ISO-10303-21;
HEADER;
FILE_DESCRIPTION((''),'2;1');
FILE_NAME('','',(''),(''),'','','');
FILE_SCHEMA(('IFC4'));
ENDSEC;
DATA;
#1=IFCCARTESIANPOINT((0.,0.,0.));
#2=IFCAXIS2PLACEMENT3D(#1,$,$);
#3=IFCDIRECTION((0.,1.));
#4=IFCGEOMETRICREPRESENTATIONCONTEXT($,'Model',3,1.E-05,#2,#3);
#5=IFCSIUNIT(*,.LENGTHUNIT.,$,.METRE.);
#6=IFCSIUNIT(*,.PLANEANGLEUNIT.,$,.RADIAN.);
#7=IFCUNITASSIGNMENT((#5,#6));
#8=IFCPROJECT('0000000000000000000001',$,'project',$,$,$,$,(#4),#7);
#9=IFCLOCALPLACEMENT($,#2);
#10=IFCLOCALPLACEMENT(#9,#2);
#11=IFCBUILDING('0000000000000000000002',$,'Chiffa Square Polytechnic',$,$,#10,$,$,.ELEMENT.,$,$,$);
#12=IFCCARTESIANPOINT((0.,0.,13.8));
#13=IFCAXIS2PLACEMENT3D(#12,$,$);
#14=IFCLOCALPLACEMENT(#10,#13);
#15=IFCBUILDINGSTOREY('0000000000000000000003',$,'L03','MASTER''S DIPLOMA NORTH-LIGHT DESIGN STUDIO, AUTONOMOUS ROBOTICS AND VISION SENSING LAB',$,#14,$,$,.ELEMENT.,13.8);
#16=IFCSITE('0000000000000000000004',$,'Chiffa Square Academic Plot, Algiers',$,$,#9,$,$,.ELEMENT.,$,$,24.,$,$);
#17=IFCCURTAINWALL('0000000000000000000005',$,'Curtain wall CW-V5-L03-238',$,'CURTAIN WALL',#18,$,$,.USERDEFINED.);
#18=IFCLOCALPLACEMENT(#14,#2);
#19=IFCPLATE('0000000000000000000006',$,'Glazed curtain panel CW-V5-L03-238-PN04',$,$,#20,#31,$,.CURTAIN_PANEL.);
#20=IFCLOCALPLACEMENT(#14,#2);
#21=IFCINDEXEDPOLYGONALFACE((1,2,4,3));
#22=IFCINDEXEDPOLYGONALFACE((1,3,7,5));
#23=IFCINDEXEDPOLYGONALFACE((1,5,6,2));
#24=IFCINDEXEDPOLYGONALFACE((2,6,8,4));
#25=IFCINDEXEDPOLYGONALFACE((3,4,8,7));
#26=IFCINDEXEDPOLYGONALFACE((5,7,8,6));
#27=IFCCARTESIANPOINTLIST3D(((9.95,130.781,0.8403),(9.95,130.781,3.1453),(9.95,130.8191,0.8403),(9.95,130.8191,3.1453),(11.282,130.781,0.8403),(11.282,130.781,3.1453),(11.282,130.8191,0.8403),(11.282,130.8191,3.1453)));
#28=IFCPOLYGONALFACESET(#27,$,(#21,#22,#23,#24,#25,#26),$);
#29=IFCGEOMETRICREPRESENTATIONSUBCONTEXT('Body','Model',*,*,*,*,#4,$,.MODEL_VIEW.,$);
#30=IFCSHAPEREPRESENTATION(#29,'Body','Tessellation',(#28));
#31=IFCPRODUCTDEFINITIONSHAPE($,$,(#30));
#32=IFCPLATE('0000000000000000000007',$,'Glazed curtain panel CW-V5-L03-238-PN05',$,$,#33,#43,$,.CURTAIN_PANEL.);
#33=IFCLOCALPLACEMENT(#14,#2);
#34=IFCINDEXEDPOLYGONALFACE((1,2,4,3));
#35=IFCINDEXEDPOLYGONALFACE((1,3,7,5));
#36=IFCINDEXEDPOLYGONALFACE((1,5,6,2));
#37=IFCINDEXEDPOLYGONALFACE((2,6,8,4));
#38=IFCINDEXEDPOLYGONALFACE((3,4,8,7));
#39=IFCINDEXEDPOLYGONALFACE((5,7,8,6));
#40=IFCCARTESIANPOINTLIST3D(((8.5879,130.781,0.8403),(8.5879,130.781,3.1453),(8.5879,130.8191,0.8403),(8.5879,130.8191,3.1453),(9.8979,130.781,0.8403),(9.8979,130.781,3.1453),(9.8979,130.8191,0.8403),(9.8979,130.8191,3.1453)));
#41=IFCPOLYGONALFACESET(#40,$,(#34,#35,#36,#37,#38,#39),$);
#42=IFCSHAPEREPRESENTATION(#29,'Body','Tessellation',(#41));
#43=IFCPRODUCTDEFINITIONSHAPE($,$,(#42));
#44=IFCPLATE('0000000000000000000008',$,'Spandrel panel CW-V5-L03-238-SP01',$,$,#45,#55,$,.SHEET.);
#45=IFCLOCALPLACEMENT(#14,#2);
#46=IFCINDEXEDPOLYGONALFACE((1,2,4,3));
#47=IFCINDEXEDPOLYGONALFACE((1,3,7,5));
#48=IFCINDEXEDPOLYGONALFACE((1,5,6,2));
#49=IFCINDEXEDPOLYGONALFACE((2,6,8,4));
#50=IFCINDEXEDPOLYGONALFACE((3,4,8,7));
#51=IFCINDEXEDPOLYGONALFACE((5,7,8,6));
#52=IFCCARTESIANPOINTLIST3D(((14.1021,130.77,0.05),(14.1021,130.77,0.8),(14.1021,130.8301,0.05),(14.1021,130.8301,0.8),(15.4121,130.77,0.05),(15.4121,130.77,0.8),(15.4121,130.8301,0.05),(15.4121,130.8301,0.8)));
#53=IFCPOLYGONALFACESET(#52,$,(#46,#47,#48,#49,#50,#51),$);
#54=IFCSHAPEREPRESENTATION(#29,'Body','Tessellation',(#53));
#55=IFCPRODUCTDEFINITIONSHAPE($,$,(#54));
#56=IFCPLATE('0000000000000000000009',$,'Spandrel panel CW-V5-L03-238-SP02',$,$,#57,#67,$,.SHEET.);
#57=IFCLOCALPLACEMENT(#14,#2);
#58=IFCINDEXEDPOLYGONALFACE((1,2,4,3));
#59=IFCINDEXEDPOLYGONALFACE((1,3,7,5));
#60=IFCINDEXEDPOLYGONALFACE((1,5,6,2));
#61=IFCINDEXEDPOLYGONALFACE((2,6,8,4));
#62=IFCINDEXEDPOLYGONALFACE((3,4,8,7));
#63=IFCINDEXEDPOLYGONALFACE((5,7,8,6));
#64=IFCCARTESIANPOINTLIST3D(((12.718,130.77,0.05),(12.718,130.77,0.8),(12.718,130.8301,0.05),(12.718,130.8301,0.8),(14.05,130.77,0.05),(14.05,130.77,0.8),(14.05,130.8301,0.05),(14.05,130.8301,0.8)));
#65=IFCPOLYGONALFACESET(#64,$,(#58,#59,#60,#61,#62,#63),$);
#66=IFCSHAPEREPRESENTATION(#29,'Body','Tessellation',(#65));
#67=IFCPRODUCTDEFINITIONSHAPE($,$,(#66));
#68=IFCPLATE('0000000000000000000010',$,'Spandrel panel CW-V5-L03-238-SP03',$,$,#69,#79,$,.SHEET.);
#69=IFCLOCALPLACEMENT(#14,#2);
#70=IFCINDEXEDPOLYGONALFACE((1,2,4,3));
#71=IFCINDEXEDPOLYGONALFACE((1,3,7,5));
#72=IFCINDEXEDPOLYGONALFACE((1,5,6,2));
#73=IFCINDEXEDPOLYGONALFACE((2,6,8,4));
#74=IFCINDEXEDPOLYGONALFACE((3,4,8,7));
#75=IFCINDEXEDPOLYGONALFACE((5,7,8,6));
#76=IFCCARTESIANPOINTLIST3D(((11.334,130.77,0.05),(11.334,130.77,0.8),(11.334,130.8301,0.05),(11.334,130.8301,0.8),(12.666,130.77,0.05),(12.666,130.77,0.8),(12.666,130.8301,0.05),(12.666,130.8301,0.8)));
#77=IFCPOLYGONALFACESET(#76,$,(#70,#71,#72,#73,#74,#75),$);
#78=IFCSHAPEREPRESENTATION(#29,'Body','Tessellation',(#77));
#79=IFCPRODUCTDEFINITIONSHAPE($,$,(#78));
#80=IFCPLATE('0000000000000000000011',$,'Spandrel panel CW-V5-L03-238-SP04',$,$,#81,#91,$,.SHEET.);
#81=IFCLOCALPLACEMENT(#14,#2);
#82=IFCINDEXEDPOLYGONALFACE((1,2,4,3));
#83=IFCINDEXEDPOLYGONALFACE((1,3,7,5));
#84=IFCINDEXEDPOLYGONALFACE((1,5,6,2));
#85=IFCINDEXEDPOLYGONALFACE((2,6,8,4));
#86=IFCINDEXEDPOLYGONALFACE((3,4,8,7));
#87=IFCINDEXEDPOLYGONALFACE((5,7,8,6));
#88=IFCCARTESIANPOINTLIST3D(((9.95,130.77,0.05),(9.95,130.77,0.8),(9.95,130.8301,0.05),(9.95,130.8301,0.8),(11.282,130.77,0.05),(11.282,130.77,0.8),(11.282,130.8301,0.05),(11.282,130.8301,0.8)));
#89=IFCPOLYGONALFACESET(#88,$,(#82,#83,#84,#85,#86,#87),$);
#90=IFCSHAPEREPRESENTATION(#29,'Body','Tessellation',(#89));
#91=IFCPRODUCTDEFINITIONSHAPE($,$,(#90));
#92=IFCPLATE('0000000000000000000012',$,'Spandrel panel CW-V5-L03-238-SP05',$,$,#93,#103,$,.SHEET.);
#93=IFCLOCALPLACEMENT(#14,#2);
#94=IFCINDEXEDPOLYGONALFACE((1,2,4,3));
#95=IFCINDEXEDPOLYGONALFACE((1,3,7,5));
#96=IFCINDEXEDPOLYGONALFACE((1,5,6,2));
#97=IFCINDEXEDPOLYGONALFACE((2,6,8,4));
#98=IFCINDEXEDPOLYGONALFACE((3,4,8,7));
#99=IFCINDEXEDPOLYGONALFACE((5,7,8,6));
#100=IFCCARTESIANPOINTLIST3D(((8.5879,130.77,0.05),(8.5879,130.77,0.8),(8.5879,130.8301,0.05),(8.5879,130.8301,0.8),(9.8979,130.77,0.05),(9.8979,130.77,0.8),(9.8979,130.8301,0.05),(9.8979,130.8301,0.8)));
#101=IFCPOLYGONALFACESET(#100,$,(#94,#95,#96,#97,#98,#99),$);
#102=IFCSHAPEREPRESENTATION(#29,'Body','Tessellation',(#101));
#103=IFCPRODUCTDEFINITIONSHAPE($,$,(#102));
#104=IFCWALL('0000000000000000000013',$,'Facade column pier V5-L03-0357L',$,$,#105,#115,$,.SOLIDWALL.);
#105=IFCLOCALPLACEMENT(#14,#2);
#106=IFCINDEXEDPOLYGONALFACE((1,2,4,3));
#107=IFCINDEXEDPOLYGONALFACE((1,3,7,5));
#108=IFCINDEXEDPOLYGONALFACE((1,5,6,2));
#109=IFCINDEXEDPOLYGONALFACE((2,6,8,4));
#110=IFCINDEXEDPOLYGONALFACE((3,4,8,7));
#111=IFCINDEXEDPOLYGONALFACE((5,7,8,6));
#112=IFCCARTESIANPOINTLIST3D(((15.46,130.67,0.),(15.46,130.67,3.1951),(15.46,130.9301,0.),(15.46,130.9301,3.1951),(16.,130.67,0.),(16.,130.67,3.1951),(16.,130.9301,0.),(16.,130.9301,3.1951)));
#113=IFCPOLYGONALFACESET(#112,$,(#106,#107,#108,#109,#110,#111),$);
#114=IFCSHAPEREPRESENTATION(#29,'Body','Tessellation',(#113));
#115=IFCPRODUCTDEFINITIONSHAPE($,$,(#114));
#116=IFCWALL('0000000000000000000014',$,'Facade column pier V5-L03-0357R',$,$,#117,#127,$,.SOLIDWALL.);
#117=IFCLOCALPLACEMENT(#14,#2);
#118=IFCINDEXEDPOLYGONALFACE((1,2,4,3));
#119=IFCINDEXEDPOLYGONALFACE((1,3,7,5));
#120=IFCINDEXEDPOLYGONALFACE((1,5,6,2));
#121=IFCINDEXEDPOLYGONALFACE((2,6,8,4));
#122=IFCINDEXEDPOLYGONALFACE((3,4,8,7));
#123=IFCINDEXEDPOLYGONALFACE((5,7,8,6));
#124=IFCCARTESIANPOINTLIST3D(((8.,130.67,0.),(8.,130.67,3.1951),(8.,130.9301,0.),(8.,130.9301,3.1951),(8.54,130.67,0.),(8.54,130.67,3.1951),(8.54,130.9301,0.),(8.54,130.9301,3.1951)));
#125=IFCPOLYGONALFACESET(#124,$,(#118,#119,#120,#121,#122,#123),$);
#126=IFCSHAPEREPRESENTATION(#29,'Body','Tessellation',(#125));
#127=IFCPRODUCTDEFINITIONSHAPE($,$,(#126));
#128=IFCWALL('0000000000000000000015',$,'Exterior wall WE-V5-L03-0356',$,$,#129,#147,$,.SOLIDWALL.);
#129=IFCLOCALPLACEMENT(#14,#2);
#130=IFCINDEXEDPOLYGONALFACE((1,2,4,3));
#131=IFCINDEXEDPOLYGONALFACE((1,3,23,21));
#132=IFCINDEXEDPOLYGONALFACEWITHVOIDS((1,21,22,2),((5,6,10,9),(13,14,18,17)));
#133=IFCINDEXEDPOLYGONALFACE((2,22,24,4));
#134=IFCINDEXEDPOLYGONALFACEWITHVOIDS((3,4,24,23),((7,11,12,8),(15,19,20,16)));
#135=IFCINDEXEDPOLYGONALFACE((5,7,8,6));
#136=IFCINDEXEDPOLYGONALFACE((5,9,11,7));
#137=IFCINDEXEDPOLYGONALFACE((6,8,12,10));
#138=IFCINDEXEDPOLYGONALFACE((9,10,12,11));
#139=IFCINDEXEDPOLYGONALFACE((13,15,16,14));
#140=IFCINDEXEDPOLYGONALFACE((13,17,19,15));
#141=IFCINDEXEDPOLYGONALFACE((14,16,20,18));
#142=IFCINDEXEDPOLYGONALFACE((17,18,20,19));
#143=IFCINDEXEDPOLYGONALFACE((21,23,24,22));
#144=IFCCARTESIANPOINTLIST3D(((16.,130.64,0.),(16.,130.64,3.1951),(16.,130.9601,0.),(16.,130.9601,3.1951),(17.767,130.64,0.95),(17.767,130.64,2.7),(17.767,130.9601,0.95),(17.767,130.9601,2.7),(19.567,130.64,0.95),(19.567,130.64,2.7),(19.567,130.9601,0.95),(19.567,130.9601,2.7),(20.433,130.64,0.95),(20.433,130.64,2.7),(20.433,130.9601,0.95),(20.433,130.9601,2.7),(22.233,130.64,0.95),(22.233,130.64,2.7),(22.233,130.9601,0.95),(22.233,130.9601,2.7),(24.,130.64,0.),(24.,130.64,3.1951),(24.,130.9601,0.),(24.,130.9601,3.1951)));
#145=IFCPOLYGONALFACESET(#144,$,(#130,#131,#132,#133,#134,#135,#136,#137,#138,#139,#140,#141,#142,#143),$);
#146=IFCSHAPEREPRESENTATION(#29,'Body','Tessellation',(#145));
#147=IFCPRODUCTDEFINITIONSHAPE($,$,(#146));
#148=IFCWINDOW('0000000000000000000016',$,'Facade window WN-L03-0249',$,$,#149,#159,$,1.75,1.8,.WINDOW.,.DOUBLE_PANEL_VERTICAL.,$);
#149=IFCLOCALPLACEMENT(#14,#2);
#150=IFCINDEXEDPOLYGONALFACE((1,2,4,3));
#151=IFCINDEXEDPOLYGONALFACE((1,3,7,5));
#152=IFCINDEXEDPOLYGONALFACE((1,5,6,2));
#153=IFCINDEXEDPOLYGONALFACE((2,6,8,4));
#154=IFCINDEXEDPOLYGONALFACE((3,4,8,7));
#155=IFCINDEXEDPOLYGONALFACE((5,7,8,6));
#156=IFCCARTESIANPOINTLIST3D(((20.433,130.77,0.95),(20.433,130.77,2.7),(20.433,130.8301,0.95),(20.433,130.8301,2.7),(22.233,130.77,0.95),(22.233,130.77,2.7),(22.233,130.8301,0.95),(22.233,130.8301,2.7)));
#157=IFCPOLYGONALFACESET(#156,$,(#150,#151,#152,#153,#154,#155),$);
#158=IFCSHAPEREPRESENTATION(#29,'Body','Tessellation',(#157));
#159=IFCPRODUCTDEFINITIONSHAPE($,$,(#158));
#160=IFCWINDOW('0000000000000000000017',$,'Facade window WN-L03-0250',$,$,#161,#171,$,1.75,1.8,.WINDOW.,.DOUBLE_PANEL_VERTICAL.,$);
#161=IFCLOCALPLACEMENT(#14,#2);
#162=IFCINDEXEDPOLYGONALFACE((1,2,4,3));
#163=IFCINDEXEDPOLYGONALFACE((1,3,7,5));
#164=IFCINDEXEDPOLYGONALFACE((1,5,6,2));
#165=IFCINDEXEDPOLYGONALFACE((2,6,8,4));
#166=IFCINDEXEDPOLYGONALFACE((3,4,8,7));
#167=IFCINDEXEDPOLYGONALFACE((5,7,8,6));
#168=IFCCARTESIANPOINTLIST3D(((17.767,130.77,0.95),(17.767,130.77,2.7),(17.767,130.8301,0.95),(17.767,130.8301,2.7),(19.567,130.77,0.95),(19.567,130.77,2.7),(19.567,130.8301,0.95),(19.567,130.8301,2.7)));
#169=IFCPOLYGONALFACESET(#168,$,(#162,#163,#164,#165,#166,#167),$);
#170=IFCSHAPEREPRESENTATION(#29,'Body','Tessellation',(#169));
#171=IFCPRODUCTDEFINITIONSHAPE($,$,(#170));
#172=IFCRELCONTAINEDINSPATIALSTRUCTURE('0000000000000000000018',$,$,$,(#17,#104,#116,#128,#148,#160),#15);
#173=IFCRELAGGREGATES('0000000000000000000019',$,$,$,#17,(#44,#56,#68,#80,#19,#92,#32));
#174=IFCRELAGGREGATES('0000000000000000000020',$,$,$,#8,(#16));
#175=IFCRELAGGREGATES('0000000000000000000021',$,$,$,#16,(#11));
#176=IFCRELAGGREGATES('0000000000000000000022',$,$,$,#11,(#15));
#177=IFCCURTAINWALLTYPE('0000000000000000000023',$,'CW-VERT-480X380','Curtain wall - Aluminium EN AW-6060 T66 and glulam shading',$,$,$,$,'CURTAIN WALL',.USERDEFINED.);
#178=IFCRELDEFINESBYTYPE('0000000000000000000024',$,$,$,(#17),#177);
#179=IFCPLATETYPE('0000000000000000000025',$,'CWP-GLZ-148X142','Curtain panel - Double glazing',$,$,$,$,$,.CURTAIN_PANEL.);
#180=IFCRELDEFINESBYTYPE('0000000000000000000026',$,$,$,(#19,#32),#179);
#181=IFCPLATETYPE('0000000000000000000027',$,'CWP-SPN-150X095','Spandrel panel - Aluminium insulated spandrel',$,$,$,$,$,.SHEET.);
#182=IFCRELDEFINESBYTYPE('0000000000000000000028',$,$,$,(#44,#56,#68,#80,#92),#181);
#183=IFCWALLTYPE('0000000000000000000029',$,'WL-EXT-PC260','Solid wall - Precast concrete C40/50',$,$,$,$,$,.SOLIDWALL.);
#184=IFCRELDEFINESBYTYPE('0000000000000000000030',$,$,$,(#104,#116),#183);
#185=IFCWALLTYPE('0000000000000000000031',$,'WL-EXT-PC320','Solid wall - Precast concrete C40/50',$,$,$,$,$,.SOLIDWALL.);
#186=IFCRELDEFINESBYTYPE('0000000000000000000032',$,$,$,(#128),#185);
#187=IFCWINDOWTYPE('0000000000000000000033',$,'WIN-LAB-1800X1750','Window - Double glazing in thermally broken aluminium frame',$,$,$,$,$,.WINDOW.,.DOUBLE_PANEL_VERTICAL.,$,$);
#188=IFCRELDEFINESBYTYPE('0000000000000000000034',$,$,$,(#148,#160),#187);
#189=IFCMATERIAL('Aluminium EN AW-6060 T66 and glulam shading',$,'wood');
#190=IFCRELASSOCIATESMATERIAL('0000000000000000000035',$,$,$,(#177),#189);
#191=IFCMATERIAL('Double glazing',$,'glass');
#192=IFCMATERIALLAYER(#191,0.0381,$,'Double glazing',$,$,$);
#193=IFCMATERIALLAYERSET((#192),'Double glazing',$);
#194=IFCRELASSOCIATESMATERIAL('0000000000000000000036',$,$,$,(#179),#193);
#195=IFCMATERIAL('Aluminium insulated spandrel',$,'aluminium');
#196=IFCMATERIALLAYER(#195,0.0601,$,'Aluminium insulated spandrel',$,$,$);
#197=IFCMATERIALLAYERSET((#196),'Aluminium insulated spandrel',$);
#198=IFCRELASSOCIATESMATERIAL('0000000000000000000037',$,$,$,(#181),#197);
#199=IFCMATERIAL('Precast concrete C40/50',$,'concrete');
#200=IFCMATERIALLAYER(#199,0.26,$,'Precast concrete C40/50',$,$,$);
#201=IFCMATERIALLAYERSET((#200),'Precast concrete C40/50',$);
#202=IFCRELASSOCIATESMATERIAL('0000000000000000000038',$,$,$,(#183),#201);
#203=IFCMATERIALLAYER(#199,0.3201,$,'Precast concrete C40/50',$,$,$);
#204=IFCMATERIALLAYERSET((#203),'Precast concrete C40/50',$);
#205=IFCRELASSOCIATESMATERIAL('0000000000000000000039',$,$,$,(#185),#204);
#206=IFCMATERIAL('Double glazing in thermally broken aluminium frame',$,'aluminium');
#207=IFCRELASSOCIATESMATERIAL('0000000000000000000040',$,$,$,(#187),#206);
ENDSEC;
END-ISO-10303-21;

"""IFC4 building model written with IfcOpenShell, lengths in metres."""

from ifc_helpers import new_model, si_unit, direction, frame, frame_2d, origin, origin_2d, place, context, subcontext, project, spatial, rectangle, extrude, material, layer, layer_set, type_object, element, fill, aggregate, save


model = new_model("IFC4")

# Units and contexts
model_context = context("Model", 3, precision=1e-05, world=origin(), true_north=direction((0.0, 1.0)))
body_context = subcontext(model_context, "Body", "Model", "MODEL_VIEW")
ifc_project = project(units=[si_unit("LENGTHUNIT", "METRE"), si_unit("PLANEANGLEUNIT", "RADIAN")], contexts=[model_context])

# Site, building, storey
site_placement = place(None, origin())
site = spatial("IfcSite", under=ifc_project, at=site_placement, Name="Chiffa Square Academic Plot, Algiers", CompositionType="ELEMENT", RefElevation=24.0)
building_placement = place(site_placement, origin())
building = spatial("IfcBuilding", under=site, at=building_placement, Name="Chiffa Square Polytechnic", CompositionType="ELEMENT")
storey_placement = place(building_placement, frame((0.0, 0.0, 13.8)))
storey = spatial("IfcBuildingStorey", under=building, at=storey_placement, Name="L03", Description="MASTER'S DIPLOMA NORTH-LIGHT DESIGN STUDIO, AUTONOMOUS ROBOTICS AND VISION SENSING LAB", CompositionType="ELEMENT", Elevation=13.8)

# Curtain wall
ifc_material_1 = material(Name="Aluminium EN AW-6060 T66 and glulam shading", Category="wood")
curtain_wall_type = type_object("IfcCurtainWallType", Name="CW-VERT-480X380", Description="Curtain wall - Aluminium EN AW-6060 T66 and glulam shading", ElementType="CURTAIN WALL", PredefinedType="USERDEFINED", material=ifc_material_1)
curtain_wall_placement = place(storey_placement, origin())
curtain_wall = element("IfcCurtainWall", 1, at=curtain_wall_placement, inside=storey, type_object=curtain_wall_type, Name="Curtain wall CW-V5-L03-238", ObjectType="CURTAIN WALL", PredefinedType="USERDEFINED")

# Plates
ifc_material_2 = material(Name="Double glazing", Category="glass")
ifc_layer_1 = layer(ifc_material_2, 0.0381, Name="Double glazing")
ifc_layer_set_1 = layer_set([ifc_layer_1], Name="Double glazing")
plate_type_1 = type_object("IfcPlateType", Name="CWP-GLZ-148X142", Description="Curtain panel - Double glazing", PredefinedType="CURTAIN_PANEL", material=ifc_layer_set_1)
plate_1_placement = place(storey_placement, frame((10.616, 130.8, 0.8403), z_axis=(0.0, 0.0, 1.0), x_axis=(-1.0, 0.0, 0.0)))
plate_1 = element("IfcPlate", 2, at=plate_1_placement, type_object=plate_type_1, Name="Glazed curtain panel CW-V5-L03-238-PN04", PredefinedType="CURTAIN_PANEL", context=body_context, shape_type="SweptSolid", body=[
    extrude(rectangle(XDim=1.332, YDim=0.0381, at=origin_2d()), origin(), (0.0, 0.0, 1.0), 2.3049),
])
plate_2_placement = place(storey_placement, frame((9.2429, 130.8, 0.8403), z_axis=(0.0, 0.0, 1.0), x_axis=(-1.0, 0.0, 0.0)))
plate_2 = element("IfcPlate", 3, at=plate_2_placement, type_object=plate_type_1, Name="Glazed curtain panel CW-V5-L03-238-PN05", PredefinedType="CURTAIN_PANEL", context=body_context, shape_type="SweptSolid", body=[
    extrude(rectangle(XDim=1.3101, YDim=0.0381, at=origin_2d()), origin(), (0.0, 0.0, 1.0), 2.3049),
])
ifc_material_3 = material(Name="Aluminium insulated spandrel", Category="aluminium")
ifc_layer_2 = layer(ifc_material_3, 0.0601, Name="Aluminium insulated spandrel")
ifc_layer_set_2 = layer_set([ifc_layer_2], Name="Aluminium insulated spandrel")
plate_type_2 = type_object("IfcPlateType", Name="CWP-SPN-150X095", Description="Spandrel panel - Aluminium insulated spandrel", PredefinedType="SHEET", material=ifc_layer_set_2)
plate_3_placement = place(storey_placement, frame((14.7571, 130.8, 0.05), z_axis=(0.0, 0.0, 1.0), x_axis=(-1.0, 0.0, 0.0)))
plate_3 = element("IfcPlate", 4, at=plate_3_placement, type_object=plate_type_2, Name="Spandrel panel CW-V5-L03-238-SP01", PredefinedType="SHEET", context=body_context, shape_type="SweptSolid", body=[
    extrude(rectangle(XDim=1.3101, YDim=0.0601, at=origin_2d()), origin(), (0.0, 0.0, 1.0), 0.75),
])
plate_4_placement = place(storey_placement, frame((13.384, 130.8, 0.05), z_axis=(0.0, 0.0, 1.0), x_axis=(-1.0, 0.0, 0.0)))
plate_4 = element("IfcPlate", 5, at=plate_4_placement, type_object=plate_type_2, Name="Spandrel panel CW-V5-L03-238-SP02", PredefinedType="SHEET", context=body_context, shape_type="SweptSolid", body=[
    extrude(rectangle(XDim=1.332, YDim=0.0601, at=origin_2d()), origin(), (0.0, 0.0, 1.0), 0.75),
])
plate_5_placement = place(storey_placement, frame((12.0, 130.8, 0.05), z_axis=(0.0, 0.0, 1.0), x_axis=(-1.0, 0.0, 0.0)))
plate_5 = element("IfcPlate", 6, at=plate_5_placement, type_object=plate_type_2, Name="Spandrel panel CW-V5-L03-238-SP03", PredefinedType="SHEET", context=body_context, shape_type="SweptSolid", body=[
    extrude(rectangle(XDim=1.332, YDim=0.0601, at=origin_2d()), origin(), (0.0, 0.0, 1.0), 0.75),
])
plate_6_placement = place(storey_placement, frame((10.616, 130.8, 0.05), z_axis=(0.0, 0.0, 1.0), x_axis=(-1.0, 0.0, 0.0)))
plate_6 = element("IfcPlate", 7, at=plate_6_placement, type_object=plate_type_2, Name="Spandrel panel CW-V5-L03-238-SP04", PredefinedType="SHEET", context=body_context, shape_type="SweptSolid", body=[
    extrude(rectangle(XDim=1.332, YDim=0.0601, at=origin_2d()), origin(), (0.0, 0.0, 1.0), 0.75),
])
plate_7_placement = place(storey_placement, frame((9.2429, 130.8, 0.05), z_axis=(0.0, 0.0, 1.0), x_axis=(-1.0, 0.0, 0.0)))
plate_7 = element("IfcPlate", 8, at=plate_7_placement, type_object=plate_type_2, Name="Spandrel panel CW-V5-L03-238-SP05", PredefinedType="SHEET", context=body_context, shape_type="SweptSolid", body=[
    extrude(rectangle(XDim=1.3101, YDim=0.0601, at=origin_2d()), origin(), (0.0, 0.0, 1.0), 0.75),
])
aggregate(curtain_wall, [plate_3, plate_4, plate_5, plate_6, plate_1, plate_7, plate_2])

# Walls
ifc_material_4 = material(Name="Precast concrete C40/50", Category="concrete")
ifc_layer_3 = layer(ifc_material_4, 0.26, Name="Precast concrete C40/50")
ifc_layer_set_3 = layer_set([ifc_layer_3], Name="Precast concrete C40/50")
wall_type_1 = type_object("IfcWallType", Name="WL-EXT-PC260", Description="Solid wall - Precast concrete C40/50", PredefinedType="SOLIDWALL", material=ifc_layer_set_3)
for number, where, z_axis, x_axis, name in (
    (9, (16.0, 130.8, 0.0), (0.0, 0.0, 1.0), (-1.0, 0.0, 0.0), "Facade column pier V5-L03-0357L"),
    (10, (8.54, 130.8, 0.0), (0.0, 0.0, 1.0), (-1.0, 0.0, 0.0), "Facade column pier V5-L03-0357R"),
):
    element("IfcWall", number, at=place(storey_placement, frame(where, z_axis=z_axis, x_axis=x_axis)), inside=storey, type_object=wall_type_1, Name=name, PredefinedType="SOLIDWALL", context=body_context, shape_type="SweptSolid", body=[
        extrude(rectangle(XDim=0.54, YDim=0.26, at=frame_2d((0.27, 0.0))), origin(), (0.0, 0.0, 1.0), 3.1951),
    ])

# Wall, openings, windows
ifc_layer_4 = layer(ifc_material_4, 0.3201, Name="Precast concrete C40/50")
ifc_layer_set_4 = layer_set([ifc_layer_4], Name="Precast concrete C40/50")
wall_type_2 = type_object("IfcWallType", Name="WL-EXT-PC320", Description="Solid wall - Precast concrete C40/50", PredefinedType="SOLIDWALL", material=ifc_layer_set_4)
wall_placement = place(storey_placement, frame((24.0, 130.8, 0.0), z_axis=(0.0, 0.0, 1.0), x_axis=(-1.0, 0.0, 0.0)))
wall = element("IfcWall", 11, at=wall_placement, inside=storey, type_object=wall_type_2, Name="Exterior wall WE-V5-L03-0356", PredefinedType="SOLIDWALL", context=body_context, shape_type="SweptSolid", body=[
    extrude(rectangle(XDim=8.0, YDim=0.3201, at=frame_2d((4.0, 0.0))), origin(), (0.0, 0.0, 1.0), 3.1951),
])
opening_1_placement = place(wall_placement, frame((1.7671, 0.0, 0.95)))
opening_1 = element("IfcOpeningElement", 12, at=opening_1_placement, cuts=wall, PredefinedType="OPENING", context=body_context, shape_type="SweptSolid", body=[
    extrude(rectangle(XDim=1.8, YDim=1.75, at=frame_2d((0.8999, 0.875))), frame((0.0, 0.1699, 0.0), z_axis=(0.0, -1.0, 0.0), x_axis=(1.0, 0.0, 0.0)), (0.0, 0.0, 1.0), 0.3401),
])
opening_2_placement = place(wall_placement, frame((4.4331, 0.0, 0.95)))
opening_2 = element("IfcOpeningElement", 13, at=opening_2_placement, cuts=wall, PredefinedType="OPENING", context=body_context, shape_type="SweptSolid", body=[
    extrude(rectangle(XDim=1.8, YDim=1.75, at=frame_2d((0.8999, 0.875))), frame((0.0, 0.1699, 0.0), z_axis=(0.0, -1.0, 0.0), x_axis=(1.0, 0.0, 0.0)), (0.0, 0.0, 1.0), 0.3401),
])
ifc_material_5 = material(Name="Double glazing in thermally broken aluminium frame", Category="aluminium")
window_type = type_object("IfcWindowType", Name="WIN-LAB-1800X1750", Description="Window - Double glazing in thermally broken aluminium frame", PartitioningType="DOUBLE_PANEL_VERTICAL", PredefinedType="WINDOW", material=ifc_material_5)
window_1_placement = place(opening_1_placement, origin())
window_1 = element("IfcWindow", 14, at=window_1_placement, inside=storey, type_object=window_type, Name="Facade window WN-L03-0249", OverallHeight=1.75, OverallWidth=1.8, PartitioningType="DOUBLE_PANEL_VERTICAL", PredefinedType="WINDOW", context=body_context, shape_type="SweptSolid", body=[
    extrude(rectangle(XDim=1.8, YDim=1.75, at=frame_2d((0.8999, 0.875))), frame((0.0, 0.03, 0.0), z_axis=(0.0, -1.0, 0.0), x_axis=(1.0, 0.0, 0.0)), (0.0, 0.0, 1.0), 0.0601),
])
fill(opening_1, window_1)
window_2_placement = place(opening_2_placement, origin())
window_2 = element("IfcWindow", 15, at=window_2_placement, inside=storey, type_object=window_type, Name="Facade window WN-L03-0250", OverallHeight=1.75, OverallWidth=1.8, PartitioningType="DOUBLE_PANEL_VERTICAL", PredefinedType="WINDOW", context=body_context, shape_type="SweptSolid", body=[
    extrude(rectangle(XDim=1.8, YDim=1.75, at=frame_2d((0.8999, 0.875))), frame((0.0, 0.03, 0.0), z_axis=(0.0, -1.0, 0.0), x_axis=(1.0, 0.0, 0.0)), (0.0, 0.0, 1.0), 0.0601),
])
fill(opening_2, window_2)

save(model, "model.ifc")
